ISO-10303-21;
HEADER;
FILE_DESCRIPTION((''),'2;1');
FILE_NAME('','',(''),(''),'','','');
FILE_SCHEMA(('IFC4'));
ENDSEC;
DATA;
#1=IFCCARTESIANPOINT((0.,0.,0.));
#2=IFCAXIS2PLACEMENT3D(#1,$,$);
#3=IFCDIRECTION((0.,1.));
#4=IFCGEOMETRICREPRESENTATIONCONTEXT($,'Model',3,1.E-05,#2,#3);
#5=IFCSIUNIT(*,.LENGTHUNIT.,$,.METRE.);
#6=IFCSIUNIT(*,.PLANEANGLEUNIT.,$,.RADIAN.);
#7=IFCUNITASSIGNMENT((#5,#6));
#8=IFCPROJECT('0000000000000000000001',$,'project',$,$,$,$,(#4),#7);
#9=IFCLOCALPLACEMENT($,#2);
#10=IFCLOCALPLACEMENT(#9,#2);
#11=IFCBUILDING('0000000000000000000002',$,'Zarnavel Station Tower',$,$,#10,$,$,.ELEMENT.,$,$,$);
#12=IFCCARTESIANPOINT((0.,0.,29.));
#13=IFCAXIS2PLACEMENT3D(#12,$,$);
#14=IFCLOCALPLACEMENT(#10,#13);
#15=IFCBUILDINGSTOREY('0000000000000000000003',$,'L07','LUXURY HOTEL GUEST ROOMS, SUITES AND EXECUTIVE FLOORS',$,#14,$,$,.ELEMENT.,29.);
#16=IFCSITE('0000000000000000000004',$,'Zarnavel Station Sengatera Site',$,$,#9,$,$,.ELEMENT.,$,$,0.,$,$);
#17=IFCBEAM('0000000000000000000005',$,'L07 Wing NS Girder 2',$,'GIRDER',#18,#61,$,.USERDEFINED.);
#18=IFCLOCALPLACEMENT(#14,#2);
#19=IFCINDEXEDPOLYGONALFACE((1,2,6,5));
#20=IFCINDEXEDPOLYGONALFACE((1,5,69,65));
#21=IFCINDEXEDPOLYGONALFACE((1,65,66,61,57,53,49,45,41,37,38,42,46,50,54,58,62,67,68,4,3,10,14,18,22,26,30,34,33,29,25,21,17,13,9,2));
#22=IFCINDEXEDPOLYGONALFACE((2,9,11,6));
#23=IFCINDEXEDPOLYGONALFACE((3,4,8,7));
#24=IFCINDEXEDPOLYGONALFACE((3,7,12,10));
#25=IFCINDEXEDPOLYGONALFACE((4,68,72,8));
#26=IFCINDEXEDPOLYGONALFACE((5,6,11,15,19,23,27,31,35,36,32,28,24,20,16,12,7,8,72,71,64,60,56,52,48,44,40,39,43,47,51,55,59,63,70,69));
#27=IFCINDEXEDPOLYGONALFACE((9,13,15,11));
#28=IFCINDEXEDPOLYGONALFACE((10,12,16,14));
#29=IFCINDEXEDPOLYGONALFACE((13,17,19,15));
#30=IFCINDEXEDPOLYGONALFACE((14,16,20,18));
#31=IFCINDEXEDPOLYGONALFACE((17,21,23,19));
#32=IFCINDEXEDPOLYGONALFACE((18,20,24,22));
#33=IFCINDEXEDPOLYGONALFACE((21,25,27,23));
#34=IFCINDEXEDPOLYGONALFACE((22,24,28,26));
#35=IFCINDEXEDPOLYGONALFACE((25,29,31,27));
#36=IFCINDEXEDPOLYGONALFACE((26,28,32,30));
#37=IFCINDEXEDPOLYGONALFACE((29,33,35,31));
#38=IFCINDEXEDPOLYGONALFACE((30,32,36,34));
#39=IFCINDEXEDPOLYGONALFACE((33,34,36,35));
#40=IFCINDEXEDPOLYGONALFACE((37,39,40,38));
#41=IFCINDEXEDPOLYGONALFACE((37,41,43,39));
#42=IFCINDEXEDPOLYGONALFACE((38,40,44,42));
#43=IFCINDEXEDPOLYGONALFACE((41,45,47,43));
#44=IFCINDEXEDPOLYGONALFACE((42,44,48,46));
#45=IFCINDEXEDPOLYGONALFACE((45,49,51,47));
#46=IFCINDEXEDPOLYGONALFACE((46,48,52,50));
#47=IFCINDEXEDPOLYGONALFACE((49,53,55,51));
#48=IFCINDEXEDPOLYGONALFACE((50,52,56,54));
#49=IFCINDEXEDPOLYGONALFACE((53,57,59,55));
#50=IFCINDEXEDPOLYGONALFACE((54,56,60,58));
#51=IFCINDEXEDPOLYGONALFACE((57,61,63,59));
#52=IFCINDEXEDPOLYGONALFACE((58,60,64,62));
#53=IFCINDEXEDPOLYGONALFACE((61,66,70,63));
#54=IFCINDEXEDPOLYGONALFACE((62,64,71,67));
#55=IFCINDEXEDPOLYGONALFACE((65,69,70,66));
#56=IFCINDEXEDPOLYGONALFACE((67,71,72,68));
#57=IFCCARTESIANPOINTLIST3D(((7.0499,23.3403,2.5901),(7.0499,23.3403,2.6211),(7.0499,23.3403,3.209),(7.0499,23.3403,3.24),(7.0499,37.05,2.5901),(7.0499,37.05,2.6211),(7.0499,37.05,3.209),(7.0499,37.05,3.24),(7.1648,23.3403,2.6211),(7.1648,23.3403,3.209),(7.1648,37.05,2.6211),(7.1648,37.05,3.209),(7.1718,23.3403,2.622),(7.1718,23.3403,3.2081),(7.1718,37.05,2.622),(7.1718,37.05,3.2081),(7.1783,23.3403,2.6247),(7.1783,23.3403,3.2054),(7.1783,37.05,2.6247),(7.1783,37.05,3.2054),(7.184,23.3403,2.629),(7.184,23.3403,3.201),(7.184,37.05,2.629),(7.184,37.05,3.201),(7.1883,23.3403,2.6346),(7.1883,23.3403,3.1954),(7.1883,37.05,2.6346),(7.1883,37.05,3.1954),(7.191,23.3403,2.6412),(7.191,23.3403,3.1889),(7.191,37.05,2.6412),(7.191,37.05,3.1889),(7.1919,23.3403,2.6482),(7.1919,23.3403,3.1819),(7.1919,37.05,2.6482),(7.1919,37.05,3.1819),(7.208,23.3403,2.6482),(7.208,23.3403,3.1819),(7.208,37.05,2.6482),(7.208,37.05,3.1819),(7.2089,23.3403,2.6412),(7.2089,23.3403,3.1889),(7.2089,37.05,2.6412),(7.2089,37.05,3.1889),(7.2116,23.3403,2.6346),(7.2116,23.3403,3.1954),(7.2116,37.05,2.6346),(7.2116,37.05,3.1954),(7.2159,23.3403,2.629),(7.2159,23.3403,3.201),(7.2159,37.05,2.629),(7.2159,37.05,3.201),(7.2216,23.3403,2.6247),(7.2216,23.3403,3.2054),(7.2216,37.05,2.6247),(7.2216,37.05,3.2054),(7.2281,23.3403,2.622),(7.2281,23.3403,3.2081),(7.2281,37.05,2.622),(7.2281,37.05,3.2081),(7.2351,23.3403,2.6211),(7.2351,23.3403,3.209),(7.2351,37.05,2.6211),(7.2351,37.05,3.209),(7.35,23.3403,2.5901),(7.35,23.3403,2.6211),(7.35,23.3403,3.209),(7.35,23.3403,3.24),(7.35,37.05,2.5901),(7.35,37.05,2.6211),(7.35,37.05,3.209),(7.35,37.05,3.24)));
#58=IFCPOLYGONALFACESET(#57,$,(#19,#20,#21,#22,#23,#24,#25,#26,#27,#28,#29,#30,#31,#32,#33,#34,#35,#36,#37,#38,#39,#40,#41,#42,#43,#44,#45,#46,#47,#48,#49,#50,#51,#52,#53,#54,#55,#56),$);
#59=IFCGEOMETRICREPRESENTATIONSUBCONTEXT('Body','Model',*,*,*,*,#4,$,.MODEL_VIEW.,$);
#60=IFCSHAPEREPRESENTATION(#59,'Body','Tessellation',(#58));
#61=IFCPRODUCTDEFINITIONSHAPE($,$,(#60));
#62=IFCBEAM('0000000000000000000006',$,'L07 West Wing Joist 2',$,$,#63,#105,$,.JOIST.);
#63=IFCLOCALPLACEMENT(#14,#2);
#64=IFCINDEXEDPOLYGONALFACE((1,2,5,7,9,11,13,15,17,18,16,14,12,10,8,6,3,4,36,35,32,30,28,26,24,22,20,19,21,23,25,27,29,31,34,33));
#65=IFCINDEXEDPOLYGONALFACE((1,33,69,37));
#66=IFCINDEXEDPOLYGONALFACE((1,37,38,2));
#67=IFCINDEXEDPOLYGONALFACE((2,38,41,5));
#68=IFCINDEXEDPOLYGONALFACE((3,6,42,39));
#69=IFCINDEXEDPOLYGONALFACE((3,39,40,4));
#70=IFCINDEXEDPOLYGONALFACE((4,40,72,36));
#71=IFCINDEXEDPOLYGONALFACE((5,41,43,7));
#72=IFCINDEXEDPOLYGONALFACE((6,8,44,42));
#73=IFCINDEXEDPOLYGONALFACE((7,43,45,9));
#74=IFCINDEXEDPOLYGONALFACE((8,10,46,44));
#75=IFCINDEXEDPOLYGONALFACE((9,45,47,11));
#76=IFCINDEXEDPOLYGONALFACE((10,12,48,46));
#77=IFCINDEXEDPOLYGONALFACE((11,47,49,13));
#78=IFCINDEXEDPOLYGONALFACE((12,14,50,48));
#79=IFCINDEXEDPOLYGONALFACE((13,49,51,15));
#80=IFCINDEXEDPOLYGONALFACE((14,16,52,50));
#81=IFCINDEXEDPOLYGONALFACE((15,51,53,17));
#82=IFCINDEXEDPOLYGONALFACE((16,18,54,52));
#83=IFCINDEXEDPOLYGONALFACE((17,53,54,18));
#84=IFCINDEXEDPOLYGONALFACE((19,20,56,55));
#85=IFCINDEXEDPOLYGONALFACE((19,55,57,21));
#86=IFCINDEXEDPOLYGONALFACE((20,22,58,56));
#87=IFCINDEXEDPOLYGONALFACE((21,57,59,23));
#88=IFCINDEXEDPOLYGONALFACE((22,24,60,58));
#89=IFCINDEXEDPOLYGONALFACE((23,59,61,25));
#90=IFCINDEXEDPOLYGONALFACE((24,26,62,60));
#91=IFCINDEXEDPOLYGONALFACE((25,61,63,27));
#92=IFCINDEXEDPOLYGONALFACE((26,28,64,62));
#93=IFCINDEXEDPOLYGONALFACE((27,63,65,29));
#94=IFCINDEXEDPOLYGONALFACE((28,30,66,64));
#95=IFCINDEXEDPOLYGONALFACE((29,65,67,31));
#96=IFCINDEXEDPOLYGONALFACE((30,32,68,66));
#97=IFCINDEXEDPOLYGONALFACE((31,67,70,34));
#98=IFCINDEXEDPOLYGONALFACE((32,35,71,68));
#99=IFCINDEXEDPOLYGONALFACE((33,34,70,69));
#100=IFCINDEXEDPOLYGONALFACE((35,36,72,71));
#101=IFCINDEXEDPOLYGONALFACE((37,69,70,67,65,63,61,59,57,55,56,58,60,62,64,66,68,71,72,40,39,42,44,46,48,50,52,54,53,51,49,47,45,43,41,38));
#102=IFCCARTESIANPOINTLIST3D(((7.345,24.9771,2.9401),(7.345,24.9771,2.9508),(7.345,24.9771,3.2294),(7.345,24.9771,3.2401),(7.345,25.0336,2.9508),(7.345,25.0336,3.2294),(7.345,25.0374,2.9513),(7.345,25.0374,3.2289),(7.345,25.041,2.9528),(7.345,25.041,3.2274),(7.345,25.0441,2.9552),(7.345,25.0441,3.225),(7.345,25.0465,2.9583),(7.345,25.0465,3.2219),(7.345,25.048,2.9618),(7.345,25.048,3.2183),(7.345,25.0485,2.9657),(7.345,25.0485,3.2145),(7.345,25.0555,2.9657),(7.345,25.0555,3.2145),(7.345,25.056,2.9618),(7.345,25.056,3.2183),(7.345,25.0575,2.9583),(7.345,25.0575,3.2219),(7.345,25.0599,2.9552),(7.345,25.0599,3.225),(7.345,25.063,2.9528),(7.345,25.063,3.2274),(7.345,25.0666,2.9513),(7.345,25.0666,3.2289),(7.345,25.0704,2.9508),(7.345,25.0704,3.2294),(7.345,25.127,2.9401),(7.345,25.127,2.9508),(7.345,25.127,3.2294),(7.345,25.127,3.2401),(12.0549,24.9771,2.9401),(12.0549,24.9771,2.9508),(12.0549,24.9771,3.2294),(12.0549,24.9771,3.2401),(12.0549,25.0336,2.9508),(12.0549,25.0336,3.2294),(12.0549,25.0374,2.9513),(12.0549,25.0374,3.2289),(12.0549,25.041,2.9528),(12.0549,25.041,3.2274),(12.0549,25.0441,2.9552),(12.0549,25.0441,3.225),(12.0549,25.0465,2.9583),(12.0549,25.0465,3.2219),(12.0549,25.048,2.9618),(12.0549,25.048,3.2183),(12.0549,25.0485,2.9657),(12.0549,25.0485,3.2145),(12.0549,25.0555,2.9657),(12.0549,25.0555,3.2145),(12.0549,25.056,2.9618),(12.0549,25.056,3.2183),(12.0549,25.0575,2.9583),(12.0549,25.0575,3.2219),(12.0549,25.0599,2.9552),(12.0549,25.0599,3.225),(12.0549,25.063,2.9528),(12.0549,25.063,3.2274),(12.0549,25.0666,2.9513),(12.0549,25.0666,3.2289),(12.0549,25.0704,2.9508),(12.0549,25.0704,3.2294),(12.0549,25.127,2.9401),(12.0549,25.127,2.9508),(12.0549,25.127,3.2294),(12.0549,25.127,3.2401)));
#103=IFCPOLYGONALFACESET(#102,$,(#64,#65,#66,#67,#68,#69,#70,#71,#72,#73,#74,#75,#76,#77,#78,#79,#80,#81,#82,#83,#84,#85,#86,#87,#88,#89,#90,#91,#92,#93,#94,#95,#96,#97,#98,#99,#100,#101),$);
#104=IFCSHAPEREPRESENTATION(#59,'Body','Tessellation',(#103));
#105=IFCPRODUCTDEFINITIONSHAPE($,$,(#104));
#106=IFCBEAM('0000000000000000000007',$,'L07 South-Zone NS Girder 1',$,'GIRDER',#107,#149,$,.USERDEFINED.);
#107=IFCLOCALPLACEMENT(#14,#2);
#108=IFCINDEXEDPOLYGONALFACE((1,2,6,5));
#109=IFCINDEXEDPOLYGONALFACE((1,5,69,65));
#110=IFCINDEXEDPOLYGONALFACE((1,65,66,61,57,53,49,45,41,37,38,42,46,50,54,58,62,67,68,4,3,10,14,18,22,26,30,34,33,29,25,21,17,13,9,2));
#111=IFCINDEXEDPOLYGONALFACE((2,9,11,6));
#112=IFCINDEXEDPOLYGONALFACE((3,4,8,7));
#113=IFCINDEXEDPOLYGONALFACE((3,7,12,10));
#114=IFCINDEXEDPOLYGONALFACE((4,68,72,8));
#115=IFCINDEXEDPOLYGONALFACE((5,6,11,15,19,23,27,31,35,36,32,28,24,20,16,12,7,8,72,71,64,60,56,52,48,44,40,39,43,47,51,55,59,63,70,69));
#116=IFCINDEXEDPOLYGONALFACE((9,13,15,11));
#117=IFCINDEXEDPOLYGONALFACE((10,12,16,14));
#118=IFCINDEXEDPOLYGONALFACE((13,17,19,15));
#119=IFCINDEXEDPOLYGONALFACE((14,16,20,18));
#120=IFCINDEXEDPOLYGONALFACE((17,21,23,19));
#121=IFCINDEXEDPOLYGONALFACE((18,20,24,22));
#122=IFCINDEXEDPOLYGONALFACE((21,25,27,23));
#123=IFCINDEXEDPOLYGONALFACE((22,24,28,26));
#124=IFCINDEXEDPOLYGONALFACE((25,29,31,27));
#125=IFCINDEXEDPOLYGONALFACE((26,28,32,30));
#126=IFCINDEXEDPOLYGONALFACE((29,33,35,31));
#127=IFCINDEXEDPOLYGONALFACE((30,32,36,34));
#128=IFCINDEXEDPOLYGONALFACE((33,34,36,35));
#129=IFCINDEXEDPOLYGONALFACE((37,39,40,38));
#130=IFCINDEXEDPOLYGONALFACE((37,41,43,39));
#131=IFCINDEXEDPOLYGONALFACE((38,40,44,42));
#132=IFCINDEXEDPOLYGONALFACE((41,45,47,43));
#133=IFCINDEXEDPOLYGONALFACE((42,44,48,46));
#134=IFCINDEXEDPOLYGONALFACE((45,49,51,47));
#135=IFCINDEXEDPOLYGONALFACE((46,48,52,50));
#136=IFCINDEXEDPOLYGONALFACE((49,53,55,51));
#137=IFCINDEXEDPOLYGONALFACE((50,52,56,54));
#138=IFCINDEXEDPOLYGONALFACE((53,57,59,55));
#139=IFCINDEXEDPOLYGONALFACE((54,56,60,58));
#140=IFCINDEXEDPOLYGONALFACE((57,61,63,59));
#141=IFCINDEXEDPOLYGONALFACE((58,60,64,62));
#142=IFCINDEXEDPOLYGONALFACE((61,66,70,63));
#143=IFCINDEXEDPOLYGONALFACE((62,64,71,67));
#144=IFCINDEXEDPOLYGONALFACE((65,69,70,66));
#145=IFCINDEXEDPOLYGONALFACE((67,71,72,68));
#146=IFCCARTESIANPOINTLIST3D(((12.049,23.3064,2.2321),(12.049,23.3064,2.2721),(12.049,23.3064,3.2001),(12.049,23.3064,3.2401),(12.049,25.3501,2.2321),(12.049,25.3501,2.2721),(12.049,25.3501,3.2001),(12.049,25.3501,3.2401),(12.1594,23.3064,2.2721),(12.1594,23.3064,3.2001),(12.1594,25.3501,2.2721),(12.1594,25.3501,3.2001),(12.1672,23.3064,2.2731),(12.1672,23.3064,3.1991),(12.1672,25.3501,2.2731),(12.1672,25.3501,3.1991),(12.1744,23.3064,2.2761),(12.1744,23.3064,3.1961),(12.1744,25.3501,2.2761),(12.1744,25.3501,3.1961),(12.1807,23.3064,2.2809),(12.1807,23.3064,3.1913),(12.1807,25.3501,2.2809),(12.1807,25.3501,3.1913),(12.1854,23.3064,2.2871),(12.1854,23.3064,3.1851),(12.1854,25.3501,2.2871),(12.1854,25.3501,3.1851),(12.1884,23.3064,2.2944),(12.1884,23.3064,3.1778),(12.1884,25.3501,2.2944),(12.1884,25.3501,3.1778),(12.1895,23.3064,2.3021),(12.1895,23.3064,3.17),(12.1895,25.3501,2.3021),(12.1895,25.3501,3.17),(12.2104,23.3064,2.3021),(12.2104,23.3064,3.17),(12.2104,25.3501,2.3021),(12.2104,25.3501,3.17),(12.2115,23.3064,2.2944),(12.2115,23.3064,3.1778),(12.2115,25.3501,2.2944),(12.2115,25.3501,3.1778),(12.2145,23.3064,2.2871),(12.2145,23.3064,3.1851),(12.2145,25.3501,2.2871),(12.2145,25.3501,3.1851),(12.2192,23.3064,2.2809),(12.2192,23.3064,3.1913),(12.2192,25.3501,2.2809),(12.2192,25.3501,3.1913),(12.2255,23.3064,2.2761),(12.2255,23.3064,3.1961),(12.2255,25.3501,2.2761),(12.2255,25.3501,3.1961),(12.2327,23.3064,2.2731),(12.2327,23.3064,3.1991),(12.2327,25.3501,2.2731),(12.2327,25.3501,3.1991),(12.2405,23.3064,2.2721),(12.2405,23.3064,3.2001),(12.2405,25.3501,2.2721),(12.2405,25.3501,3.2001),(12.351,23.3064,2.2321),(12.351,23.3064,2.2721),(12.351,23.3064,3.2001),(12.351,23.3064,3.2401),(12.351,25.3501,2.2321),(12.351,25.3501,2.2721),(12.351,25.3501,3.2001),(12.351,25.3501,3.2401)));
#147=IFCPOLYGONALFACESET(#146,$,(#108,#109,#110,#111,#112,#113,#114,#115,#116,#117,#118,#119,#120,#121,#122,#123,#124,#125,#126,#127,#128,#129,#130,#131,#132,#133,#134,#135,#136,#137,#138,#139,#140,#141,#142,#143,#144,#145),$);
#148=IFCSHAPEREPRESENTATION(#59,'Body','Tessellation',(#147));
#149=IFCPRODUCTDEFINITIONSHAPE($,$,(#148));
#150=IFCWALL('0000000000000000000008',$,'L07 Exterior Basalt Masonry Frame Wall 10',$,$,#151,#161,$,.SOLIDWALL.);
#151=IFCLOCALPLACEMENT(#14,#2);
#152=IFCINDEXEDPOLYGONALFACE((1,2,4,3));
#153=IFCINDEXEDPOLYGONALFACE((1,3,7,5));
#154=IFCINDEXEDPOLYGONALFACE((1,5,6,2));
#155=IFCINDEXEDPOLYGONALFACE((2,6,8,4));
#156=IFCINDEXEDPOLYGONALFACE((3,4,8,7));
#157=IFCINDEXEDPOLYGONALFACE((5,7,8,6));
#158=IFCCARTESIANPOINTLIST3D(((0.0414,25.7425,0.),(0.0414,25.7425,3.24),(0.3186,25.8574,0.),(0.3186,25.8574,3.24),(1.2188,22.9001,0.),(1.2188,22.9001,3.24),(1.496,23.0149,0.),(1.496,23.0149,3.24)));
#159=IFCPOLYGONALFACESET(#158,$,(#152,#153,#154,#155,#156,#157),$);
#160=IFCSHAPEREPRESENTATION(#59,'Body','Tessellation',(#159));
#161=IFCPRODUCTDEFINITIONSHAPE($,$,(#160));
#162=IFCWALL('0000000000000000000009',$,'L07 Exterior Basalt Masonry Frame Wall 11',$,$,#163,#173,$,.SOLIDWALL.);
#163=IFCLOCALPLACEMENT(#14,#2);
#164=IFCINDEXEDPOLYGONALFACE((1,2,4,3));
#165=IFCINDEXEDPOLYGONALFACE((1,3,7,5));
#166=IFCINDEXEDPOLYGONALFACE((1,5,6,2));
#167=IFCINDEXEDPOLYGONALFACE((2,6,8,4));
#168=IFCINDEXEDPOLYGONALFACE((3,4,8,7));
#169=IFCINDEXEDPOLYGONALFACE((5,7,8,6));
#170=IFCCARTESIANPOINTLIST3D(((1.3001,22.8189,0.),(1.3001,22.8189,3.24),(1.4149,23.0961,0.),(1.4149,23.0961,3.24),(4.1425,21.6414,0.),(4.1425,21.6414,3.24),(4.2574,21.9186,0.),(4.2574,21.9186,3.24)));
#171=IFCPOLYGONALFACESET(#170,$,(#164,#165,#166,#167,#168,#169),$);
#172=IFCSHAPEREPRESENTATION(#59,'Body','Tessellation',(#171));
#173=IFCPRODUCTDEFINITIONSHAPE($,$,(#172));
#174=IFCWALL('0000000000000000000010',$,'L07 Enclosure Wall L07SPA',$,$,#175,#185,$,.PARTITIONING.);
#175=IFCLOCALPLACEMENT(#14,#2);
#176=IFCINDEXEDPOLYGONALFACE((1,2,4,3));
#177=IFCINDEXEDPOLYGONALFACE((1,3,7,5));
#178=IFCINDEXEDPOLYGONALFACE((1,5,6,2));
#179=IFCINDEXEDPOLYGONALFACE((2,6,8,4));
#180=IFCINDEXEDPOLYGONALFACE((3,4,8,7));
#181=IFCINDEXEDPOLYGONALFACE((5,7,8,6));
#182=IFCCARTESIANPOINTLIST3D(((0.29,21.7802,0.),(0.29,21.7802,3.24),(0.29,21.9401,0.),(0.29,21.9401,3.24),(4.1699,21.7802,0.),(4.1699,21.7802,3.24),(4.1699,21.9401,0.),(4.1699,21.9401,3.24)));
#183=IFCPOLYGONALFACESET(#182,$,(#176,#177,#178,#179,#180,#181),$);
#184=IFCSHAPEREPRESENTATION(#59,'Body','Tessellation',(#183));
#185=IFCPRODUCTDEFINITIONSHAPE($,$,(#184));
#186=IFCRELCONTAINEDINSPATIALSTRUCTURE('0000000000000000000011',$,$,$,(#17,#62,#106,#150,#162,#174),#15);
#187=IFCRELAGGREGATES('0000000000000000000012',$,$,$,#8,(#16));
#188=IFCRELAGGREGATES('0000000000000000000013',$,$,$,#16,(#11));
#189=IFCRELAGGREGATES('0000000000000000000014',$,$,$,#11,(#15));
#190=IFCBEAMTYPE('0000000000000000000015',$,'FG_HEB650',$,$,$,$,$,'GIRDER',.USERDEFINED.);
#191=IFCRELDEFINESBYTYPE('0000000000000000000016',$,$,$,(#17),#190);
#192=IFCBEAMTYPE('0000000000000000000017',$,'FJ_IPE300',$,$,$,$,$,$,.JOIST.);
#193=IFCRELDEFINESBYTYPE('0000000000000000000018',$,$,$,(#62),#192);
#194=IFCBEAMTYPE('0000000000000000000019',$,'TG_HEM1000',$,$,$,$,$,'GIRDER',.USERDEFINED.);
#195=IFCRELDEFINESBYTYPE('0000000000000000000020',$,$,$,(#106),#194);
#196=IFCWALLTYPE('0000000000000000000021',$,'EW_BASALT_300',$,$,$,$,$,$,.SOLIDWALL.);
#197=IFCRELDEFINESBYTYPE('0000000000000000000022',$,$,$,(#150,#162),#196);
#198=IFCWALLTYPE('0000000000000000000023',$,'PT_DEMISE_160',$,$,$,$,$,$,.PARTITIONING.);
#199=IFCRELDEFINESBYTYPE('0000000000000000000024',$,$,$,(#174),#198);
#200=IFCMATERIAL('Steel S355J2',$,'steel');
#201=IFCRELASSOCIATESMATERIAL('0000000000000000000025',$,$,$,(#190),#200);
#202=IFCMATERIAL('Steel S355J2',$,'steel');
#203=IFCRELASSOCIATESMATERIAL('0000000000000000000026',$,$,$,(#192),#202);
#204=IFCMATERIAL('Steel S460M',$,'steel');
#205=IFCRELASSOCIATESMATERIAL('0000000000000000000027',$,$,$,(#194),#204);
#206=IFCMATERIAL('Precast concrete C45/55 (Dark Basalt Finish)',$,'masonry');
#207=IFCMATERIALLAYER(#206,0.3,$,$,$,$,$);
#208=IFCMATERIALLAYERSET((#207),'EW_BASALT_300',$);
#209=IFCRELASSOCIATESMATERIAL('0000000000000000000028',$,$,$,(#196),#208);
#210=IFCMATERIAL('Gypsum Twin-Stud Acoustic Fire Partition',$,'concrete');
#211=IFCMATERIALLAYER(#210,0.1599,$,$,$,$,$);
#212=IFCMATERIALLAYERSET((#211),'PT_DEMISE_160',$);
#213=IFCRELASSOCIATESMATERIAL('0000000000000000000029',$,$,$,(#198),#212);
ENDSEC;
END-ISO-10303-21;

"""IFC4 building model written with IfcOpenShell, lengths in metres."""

from ifc_helpers import new_model, si_unit, direction, frame, frame_2d, origin, origin_2d, place, context, subcontext, project, spatial, rectangle, i_section, extrude, material, layer, layer_set, material_profile, profile_set, type_object, element, save


model = new_model("IFC4")

# Units and contexts
model_context = context("Model", 3, precision=1e-05, world=origin(), true_north=direction((0.0, 1.0)))
body_context = subcontext(model_context, "Body", "Model", "MODEL_VIEW")
ifc_project = project(units=[si_unit("LENGTHUNIT", "METRE"), si_unit("PLANEANGLEUNIT", "RADIAN")], contexts=[model_context])

# Site, building, storey
site_placement = place(None, origin())
site = spatial("IfcSite", under=ifc_project, at=site_placement, Name="Zarnavel Station Sengatera Site", CompositionType="ELEMENT", RefElevation=0.0)
building_placement = place(site_placement, origin())
building = spatial("IfcBuilding", under=site, at=building_placement, Name="Zarnavel Station Tower", CompositionType="ELEMENT")
storey_placement = place(building_placement, frame((0.0, 0.0, 29.0)))
storey = spatial("IfcBuildingStorey", under=building, at=storey_placement, Name="L07", Description="LUXURY HOTEL GUEST ROOMS, SUITES AND EXECUTIVE FLOORS", CompositionType="ELEMENT", Elevation=29.0)

# Beams
ifc_material_1 = material(Name="Steel S355J2", Category="steel")
ifc_material_profile_1 = material_profile(ifc_material_1, i_section(OverallWidth=0.3, OverallDepth=0.6499, WebThickness=0.0161, FlangeThickness=0.031, FilletRadius=0.0271, at=origin_2d()), Name="HEB650")
ifc_profile_set_1 = profile_set([ifc_material_profile_1], Name="Steel S355J2")
beam_type_1 = type_object("IfcBeamType", Name="FG_HEB650", ElementType="GIRDER", PredefinedType="USERDEFINED", material=ifc_profile_set_1)
beam_1_placement = place(storey_placement, frame((7.2, 23.3403, 2.915), z_axis=(0.0, 1.0, 0.0), x_axis=(-1.0, 0.0, 0.0)))
element("IfcBeam", 1, at=beam_1_placement, inside=storey, type_object=beam_type_1, Name="L07 Wing NS Girder 2", ObjectType="GIRDER", PredefinedType="USERDEFINED", context=body_context, shape_type="SweptSolid", body=[
    extrude(i_section(OverallWidth=0.3, OverallDepth=0.6499, WebThickness=0.0161, FlangeThickness=0.031, FilletRadius=0.0271, at=origin_2d()), origin(), (0.0, 0.0, 1.0), 13.7097),
])
ifc_material_2 = material(Name="Steel S355J2", Category="steel")
ifc_material_profile_2 = material_profile(ifc_material_2, i_section(OverallWidth=0.1499, OverallDepth=0.3, WebThickness=0.0071, FlangeThickness=0.0107, FilletRadius=0.0149, at=origin_2d()), Name="IPE300")
ifc_profile_set_2 = profile_set([ifc_material_profile_2], Name="Steel S355J2")
beam_type_2 = type_object("IfcBeamType", Name="FJ_IPE300", PredefinedType="JOIST", material=ifc_profile_set_2)
beam_2_placement = place(storey_placement, frame((7.345, 25.052, 3.0901), z_axis=(1.0, 0.0, 0.0), x_axis=(0.0, 1.0, 0.0)))
element("IfcBeam", 2, at=beam_2_placement, inside=storey, type_object=beam_type_2, Name="L07 West Wing Joist 2", PredefinedType="JOIST", context=body_context, shape_type="SweptSolid", body=[
    extrude(i_section(OverallWidth=0.1499, OverallDepth=0.3, WebThickness=0.0071, FlangeThickness=0.0107, FilletRadius=0.0149, at=origin_2d()), origin(), (0.0, 0.0, 1.0), 4.71),
])
ifc_material_3 = material(Name="Steel S460M", Category="steel")
ifc_material_profile_3 = material_profile(ifc_material_3, i_section(OverallWidth=0.302, OverallDepth=1.0081, WebThickness=0.021, FlangeThickness=0.04, FilletRadius=0.03, at=origin_2d()), Name="HEM1000")
ifc_profile_set_3 = profile_set([ifc_material_profile_3], Name="Steel S460M")
beam_type_3 = type_object("IfcBeamType", Name="TG_HEM1000", ElementType="GIRDER", PredefinedType="USERDEFINED", material=ifc_profile_set_3)
beam_3_placement = place(storey_placement, frame((12.2, 23.3064, 2.7361), z_axis=(0.0, 1.0, 0.0), x_axis=(-1.0, 0.0, 0.0)))
element("IfcBeam", 3, at=beam_3_placement, inside=storey, type_object=beam_type_3, Name="L07 South-Zone NS Girder 1", ObjectType="GIRDER", PredefinedType="USERDEFINED", context=body_context, shape_type="SweptSolid", body=[
    extrude(i_section(OverallWidth=0.302, OverallDepth=1.0081, WebThickness=0.021, FlangeThickness=0.04, FilletRadius=0.03, at=origin_2d()), origin(), (0.0, 0.0, 1.0), 2.0437),
])

# Walls
ifc_material_4 = material(Name="Precast concrete C45/55 (Dark Basalt Finish)", Category="masonry")
ifc_layer_1 = layer(ifc_material_4, 0.3)
ifc_layer_set_1 = layer_set([ifc_layer_1], Name="EW_BASALT_300")
wall_type_1 = type_object("IfcWallType", Name="EW_BASALT_300", PredefinedType="SOLIDWALL", material=ifc_layer_set_1)
for number, where, z_axis, x_axis, name in (
    (4, (1.3574, 22.9575, 0.0), (0.0, 0.0, 1.0), (-0.382705, 0.923871, 0.0), "L07 Exterior Basalt Masonry Frame Wall 10"),
    (5, (4.2, 21.78, 0.0), (0.0, 0.0, 1.0), (-0.923871, 0.382705, 0.0), "L07 Exterior Basalt Masonry Frame Wall 11"),
):
    element("IfcWall", number, at=place(storey_placement, frame(where, z_axis=z_axis, x_axis=x_axis)), inside=storey, type_object=wall_type_1, Name=name, PredefinedType="SOLIDWALL", context=body_context, shape_type="SweptSolid", body=[
        extrude(rectangle(XDim=3.0767, YDim=0.3, at=frame_2d((1.5383, 0.0))), origin(), (0.0, 0.0, 1.0), 3.24),
    ])
ifc_material_5 = material(Name="Gypsum Twin-Stud Acoustic Fire Partition", Category="concrete")
ifc_layer_2 = layer(ifc_material_5, 0.1599)
ifc_layer_set_2 = layer_set([ifc_layer_2], Name="PT_DEMISE_160")
wall_type_2 = type_object("IfcWallType", Name="PT_DEMISE_160", PredefinedType="PARTITIONING", material=ifc_layer_set_2)
wall_1_placement = place(storey_placement, frame((0.29, 21.8601, 0.0), z_axis=(0.0, 0.0, 1.0), x_axis=(1.0, 0.0, 0.0)))
element("IfcWall", 6, at=wall_1_placement, inside=storey, type_object=wall_type_2, Name="L07 Enclosure Wall L07SPA", PredefinedType="PARTITIONING", context=body_context, shape_type="SweptSolid", body=[
    extrude(rectangle(XDim=3.8799, YDim=0.1599, at=frame_2d((1.9399, 0.0))), origin(), (0.0, 0.0, 1.0), 3.24),
])

save(model, "model.ifc")
